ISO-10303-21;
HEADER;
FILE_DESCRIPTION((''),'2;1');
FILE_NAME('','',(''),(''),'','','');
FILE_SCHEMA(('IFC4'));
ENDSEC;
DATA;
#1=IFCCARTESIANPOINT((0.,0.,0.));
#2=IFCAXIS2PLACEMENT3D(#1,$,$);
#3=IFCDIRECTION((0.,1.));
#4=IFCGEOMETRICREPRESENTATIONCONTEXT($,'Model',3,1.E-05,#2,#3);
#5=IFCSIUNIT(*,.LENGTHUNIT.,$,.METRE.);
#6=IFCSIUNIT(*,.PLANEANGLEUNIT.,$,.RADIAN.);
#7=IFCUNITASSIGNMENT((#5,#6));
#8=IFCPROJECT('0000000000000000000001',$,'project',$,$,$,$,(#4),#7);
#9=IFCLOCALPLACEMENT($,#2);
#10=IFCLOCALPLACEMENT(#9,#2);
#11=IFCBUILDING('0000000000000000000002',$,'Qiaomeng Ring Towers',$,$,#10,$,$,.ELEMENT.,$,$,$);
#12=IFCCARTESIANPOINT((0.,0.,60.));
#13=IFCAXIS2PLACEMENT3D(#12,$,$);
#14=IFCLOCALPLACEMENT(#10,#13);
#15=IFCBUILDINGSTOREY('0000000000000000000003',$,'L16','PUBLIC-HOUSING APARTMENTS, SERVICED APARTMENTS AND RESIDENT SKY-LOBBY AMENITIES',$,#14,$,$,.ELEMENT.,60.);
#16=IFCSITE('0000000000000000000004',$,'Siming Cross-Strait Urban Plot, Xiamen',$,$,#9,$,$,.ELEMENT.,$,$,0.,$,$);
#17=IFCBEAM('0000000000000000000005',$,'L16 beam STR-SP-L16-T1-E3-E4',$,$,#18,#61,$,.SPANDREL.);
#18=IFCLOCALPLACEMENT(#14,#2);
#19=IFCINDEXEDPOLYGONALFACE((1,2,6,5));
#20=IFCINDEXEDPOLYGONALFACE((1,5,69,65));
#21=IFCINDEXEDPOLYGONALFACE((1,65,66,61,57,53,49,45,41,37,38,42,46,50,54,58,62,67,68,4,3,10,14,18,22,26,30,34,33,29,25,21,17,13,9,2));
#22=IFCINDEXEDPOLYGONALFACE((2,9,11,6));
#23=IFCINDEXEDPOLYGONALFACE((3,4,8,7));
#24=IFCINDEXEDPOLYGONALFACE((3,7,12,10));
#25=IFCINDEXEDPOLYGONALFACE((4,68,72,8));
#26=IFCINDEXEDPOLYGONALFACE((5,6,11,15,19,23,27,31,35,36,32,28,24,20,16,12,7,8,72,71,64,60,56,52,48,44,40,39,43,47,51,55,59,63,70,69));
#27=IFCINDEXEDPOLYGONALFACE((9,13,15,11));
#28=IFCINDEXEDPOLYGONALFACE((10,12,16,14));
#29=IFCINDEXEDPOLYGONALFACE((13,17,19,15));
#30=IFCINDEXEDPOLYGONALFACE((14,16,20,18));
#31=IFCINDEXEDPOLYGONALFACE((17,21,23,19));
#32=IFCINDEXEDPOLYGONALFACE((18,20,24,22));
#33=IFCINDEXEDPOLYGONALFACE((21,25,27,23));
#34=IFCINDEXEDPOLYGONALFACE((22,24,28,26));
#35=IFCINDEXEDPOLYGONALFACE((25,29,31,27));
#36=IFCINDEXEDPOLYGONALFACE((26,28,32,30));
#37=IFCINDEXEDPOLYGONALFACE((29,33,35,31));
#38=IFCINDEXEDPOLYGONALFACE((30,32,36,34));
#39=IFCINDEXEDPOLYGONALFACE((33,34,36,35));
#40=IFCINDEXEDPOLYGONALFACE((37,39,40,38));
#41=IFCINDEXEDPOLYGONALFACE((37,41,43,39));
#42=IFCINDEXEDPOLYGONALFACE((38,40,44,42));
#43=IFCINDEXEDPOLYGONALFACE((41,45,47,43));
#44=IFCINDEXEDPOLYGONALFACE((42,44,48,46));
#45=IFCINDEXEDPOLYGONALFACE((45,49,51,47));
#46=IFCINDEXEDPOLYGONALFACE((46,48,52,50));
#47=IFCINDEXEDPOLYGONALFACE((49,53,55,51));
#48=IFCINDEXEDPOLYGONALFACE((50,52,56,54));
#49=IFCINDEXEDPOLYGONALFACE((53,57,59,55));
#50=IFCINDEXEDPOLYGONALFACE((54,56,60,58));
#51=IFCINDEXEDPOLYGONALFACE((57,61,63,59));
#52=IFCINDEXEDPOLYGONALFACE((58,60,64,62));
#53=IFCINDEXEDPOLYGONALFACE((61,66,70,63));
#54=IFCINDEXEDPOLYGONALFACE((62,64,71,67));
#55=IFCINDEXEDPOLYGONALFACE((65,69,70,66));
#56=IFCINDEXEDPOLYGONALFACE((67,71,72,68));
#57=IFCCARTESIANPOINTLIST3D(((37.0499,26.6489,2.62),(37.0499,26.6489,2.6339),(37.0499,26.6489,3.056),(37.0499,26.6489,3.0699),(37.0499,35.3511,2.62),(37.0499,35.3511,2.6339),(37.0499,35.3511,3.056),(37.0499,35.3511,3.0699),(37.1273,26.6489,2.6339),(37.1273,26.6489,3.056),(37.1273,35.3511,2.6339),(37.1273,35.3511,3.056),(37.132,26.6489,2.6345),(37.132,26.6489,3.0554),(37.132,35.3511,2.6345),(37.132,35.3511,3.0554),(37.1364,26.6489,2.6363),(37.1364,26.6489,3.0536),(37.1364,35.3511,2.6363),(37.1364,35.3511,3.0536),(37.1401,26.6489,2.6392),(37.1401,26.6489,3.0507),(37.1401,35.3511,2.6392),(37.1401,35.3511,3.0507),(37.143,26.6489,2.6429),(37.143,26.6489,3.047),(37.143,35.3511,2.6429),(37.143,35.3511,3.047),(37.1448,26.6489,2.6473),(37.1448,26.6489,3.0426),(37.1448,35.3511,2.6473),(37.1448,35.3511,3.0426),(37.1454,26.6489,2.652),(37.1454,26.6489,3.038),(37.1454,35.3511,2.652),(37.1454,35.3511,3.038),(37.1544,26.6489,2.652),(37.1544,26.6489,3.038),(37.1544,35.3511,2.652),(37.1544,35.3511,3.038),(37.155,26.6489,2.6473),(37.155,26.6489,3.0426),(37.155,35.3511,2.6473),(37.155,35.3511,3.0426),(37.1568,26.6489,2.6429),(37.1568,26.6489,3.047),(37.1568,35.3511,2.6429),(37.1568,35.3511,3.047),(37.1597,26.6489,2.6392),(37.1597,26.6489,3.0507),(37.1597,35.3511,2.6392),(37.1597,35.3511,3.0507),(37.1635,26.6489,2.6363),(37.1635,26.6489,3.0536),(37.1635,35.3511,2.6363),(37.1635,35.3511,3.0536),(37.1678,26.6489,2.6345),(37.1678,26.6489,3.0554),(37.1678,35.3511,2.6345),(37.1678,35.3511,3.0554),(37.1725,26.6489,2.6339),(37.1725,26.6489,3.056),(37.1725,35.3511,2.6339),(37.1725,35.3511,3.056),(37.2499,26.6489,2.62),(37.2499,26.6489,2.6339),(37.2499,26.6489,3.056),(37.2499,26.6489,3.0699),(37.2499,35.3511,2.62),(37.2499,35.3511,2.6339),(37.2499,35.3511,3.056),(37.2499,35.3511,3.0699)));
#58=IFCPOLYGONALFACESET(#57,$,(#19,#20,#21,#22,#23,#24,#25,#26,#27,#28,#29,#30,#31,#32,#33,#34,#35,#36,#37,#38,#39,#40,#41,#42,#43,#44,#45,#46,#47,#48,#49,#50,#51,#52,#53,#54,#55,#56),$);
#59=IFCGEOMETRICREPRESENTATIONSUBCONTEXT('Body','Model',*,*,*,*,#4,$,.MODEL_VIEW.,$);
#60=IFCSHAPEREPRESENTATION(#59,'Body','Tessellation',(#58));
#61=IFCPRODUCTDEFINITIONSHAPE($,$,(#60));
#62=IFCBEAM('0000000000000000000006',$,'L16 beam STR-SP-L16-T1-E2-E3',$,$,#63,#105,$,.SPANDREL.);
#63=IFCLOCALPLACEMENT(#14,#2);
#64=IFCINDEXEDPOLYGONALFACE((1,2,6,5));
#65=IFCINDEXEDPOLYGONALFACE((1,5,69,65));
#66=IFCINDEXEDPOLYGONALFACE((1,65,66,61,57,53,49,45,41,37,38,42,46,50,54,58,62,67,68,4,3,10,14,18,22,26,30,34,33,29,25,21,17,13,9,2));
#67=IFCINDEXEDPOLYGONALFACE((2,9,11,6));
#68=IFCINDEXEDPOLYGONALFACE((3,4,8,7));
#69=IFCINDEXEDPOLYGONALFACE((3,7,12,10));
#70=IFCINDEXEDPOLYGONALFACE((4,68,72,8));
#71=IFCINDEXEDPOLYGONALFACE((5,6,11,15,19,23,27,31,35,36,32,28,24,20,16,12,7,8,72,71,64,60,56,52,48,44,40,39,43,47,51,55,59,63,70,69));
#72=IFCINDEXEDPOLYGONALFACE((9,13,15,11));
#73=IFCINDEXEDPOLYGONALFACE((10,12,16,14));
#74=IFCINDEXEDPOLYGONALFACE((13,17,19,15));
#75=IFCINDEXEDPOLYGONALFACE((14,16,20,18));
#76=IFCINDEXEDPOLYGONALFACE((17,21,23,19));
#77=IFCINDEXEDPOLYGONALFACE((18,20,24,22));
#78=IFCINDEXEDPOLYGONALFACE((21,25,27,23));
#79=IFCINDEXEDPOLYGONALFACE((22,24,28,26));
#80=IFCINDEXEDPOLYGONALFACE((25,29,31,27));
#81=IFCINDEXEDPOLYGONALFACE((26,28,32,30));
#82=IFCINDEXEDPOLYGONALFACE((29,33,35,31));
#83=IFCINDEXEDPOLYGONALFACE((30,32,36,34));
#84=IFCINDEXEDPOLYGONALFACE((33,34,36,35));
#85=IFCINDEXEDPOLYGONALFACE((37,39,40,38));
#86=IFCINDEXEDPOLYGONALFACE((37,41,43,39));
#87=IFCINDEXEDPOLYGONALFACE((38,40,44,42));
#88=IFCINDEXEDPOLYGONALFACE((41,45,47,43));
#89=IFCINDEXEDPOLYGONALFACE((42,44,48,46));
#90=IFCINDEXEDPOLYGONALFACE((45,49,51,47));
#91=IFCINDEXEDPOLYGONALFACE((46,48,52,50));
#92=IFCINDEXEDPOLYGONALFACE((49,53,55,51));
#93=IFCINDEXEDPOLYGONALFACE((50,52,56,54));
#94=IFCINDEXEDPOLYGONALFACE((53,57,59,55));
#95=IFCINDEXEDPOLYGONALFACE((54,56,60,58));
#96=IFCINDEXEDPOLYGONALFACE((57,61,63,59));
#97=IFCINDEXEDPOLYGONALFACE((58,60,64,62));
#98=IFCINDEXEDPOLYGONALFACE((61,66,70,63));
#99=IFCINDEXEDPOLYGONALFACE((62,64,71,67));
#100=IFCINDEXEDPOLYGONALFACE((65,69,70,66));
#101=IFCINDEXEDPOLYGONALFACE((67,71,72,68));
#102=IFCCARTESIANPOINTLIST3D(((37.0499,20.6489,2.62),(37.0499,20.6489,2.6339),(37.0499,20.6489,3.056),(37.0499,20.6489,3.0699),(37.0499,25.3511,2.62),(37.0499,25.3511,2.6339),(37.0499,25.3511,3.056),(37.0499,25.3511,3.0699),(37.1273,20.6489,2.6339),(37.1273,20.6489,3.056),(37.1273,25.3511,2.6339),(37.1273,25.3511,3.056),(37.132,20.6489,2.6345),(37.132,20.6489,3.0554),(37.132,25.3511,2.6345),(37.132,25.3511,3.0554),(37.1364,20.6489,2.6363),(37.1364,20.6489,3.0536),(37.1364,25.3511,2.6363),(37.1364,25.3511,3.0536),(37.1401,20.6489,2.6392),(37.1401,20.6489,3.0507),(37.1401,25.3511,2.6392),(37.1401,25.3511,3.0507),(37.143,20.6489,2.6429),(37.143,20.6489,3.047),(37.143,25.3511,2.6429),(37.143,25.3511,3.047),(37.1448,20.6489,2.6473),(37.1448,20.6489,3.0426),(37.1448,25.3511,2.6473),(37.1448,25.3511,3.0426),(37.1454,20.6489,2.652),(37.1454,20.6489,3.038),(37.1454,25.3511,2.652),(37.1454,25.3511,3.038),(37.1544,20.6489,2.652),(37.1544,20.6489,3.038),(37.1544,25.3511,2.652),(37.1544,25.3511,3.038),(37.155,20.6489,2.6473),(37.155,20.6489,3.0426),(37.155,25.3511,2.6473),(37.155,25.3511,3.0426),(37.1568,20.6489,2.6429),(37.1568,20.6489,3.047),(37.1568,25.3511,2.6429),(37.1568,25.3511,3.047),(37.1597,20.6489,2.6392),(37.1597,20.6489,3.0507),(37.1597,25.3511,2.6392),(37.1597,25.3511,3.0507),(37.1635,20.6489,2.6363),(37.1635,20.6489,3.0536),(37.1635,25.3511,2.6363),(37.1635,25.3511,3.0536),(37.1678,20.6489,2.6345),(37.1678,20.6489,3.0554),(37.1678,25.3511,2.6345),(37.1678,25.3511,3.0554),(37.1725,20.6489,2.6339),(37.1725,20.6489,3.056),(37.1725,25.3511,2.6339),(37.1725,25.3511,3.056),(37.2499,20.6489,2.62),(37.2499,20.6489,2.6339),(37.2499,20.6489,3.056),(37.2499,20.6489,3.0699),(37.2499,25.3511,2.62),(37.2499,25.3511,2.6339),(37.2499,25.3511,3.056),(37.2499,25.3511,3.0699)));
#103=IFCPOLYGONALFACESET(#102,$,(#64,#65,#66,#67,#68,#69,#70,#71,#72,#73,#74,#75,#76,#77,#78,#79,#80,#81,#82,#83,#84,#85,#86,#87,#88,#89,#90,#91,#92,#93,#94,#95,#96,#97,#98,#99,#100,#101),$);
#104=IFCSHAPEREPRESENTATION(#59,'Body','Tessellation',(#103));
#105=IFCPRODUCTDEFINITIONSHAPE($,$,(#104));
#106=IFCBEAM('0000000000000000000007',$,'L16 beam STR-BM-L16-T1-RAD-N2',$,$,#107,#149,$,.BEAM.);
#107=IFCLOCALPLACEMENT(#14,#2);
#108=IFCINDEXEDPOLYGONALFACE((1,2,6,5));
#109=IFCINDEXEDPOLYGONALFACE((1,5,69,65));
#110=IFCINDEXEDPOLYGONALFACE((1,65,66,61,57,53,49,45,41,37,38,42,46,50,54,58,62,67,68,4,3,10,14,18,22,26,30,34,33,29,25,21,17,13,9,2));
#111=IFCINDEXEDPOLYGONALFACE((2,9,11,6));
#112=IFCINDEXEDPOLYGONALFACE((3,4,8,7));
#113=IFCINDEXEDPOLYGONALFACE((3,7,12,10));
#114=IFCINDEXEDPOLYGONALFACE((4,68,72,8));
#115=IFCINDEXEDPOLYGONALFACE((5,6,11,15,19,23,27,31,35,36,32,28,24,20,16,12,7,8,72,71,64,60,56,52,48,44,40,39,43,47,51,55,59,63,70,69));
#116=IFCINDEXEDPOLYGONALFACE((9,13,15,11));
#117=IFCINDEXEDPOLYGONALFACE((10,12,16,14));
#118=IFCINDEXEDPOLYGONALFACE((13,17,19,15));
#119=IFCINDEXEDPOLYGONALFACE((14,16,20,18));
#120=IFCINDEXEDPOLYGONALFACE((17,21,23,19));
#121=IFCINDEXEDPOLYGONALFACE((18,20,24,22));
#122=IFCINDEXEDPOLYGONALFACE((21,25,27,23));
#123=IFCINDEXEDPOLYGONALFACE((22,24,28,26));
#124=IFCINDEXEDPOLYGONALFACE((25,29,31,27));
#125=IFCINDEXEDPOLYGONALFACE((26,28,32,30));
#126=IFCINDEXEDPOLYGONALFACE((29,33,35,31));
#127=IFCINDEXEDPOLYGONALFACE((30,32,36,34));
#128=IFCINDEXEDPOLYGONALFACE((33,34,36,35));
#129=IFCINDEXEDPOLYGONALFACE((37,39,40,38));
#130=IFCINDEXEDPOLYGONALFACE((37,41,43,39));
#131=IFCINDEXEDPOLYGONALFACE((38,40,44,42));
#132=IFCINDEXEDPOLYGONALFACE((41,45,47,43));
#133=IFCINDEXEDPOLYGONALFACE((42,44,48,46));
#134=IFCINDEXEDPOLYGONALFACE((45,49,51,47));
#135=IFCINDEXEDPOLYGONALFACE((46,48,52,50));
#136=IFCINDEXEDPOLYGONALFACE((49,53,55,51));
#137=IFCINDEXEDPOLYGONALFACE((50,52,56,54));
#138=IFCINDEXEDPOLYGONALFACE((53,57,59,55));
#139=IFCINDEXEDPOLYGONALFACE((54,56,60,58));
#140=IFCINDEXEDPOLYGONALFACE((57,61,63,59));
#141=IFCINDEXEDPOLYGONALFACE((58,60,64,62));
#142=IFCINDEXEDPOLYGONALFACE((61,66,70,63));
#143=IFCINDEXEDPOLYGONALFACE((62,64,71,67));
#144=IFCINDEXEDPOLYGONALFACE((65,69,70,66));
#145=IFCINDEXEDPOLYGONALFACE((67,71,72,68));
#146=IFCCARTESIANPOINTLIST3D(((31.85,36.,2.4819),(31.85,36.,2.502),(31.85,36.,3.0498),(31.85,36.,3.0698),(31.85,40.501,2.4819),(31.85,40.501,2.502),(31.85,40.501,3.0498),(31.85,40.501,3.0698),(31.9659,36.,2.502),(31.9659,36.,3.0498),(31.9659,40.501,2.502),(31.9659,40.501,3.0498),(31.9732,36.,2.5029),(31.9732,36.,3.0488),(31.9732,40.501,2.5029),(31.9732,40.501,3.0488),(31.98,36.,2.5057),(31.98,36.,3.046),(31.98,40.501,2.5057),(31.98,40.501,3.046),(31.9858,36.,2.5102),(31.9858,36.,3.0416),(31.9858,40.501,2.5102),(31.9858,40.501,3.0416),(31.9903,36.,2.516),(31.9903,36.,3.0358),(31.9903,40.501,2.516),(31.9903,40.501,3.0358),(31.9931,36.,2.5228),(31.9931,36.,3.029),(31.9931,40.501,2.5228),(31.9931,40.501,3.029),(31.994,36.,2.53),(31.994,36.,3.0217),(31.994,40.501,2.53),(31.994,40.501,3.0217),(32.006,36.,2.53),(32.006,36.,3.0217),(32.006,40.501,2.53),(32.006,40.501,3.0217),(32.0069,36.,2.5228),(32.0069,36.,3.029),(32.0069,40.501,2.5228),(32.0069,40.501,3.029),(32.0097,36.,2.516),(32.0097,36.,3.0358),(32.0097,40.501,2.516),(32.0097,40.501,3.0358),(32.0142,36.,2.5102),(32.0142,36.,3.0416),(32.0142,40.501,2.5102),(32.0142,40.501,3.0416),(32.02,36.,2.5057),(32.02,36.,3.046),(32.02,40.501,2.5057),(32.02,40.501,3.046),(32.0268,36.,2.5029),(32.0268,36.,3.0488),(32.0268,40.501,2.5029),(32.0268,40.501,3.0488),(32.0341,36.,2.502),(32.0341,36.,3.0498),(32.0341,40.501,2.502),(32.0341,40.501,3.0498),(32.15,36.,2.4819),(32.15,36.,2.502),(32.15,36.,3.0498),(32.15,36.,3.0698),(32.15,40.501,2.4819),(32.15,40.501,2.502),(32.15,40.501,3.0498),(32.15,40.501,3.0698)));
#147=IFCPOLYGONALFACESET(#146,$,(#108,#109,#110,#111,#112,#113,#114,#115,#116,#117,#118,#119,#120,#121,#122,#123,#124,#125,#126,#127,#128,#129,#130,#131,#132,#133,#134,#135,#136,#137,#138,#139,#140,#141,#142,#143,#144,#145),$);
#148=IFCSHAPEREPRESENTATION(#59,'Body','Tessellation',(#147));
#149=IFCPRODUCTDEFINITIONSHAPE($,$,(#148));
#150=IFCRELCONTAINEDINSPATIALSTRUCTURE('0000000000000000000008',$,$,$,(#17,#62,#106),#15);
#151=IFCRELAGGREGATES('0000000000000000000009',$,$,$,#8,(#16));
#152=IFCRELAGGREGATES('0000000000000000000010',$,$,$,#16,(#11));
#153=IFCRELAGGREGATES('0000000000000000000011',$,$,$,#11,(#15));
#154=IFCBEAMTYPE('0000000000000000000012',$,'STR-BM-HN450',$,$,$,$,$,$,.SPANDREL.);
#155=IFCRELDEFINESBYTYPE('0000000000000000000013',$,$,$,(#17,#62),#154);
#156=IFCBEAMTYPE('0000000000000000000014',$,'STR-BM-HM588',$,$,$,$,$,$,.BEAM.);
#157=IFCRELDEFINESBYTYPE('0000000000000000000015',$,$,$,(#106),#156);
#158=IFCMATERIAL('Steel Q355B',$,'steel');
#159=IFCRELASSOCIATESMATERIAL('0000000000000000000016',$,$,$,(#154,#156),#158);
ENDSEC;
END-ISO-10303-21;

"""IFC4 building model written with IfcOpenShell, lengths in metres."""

from ifc_helpers import new_model, si_unit, direction, frame, origin, origin_2d, place, context, subcontext, project, spatial, i_section, extrude, source, transform, mapped, material, material_profile, profile_set, type_object, element, save


model = new_model("IFC4")

# Units and contexts
model_context = context("Model", 3, precision=1e-05, world=origin(), true_north=direction((0.0, 1.0)))
body_context = subcontext(model_context, "Body", "Model", "MODEL_VIEW")
ifc_project = project(units=[si_unit("LENGTHUNIT", "METRE"), si_unit("PLANEANGLEUNIT", "RADIAN")], contexts=[model_context])

# Site, building, storey
site_placement = place(None, origin())
site = spatial("IfcSite", under=ifc_project, at=site_placement, Name="Siming Cross-Strait Urban Plot, Xiamen", CompositionType="ELEMENT", RefElevation=0.0)
building_placement = place(site_placement, origin())
building = spatial("IfcBuilding", under=site, at=building_placement, Name="Qiaomeng Ring Towers", CompositionType="ELEMENT")
storey_placement = place(building_placement, frame((0.0, 0.0, 60.0)))
storey = spatial("IfcBuildingStorey", under=building, at=storey_placement, Name="L16", Description="PUBLIC-HOUSING APARTMENTS, SERVICED APARTMENTS AND RESIDENT SKY-LOBBY AMENITIES", CompositionType="ELEMENT", Elevation=60.0)

# Beams
ifc_material_1 = material(Name="Steel Q355B", Category="steel")
ifc_material_profile_1 = material_profile(ifc_material_1, i_section(OverallWidth=0.2, OverallDepth=0.45, WebThickness=0.009, FlangeThickness=0.0139, FilletRadius=0.0181, at=origin_2d()), Name="HN 450x200x9x14")
ifc_profile_set_1 = profile_set([ifc_material_profile_1], Name="Steel Q355B")
beam_type_1 = type_object("IfcBeamType", Name="STR-BM-HN450", PredefinedType="SPANDREL", material=ifc_profile_set_1)
shared_shape_1 = source(origin(), body_context, "Body", "SweptSolid", [
    extrude(i_section(OverallWidth=0.2, OverallDepth=0.45, WebThickness=0.009, FlangeThickness=0.0139, FilletRadius=0.0181, at=origin_2d()), origin(), (0.0, 0.0, 1.0), 8.7021),
])
beam_1_placement = place(storey_placement, frame((37.1499, 26.6489, 2.845), z_axis=(0.0, 1.0, 0.0), x_axis=(-1.0, 0.0, 0.0)))
element("IfcBeam", 1, at=beam_1_placement, inside=storey, type_object=beam_type_1, Name="L16 beam STR-SP-L16-T1-E3-E4", PredefinedType="SPANDREL", context=body_context, shape_type="MappedRepresentation", body=[
    mapped(shared_shape_1, transform((0.0, 0.0, 0.0), x_axis=(1.0, 0.0, 0.0), y_axis=(0.0, 1.0, 0.0), z_axis=(0.0, 0.0, 1.0), scale=1.0)),
])
shared_shape_2 = source(origin(), body_context, "Body", "SweptSolid", [
    extrude(i_section(OverallWidth=0.2, OverallDepth=0.45, WebThickness=0.009, FlangeThickness=0.0139, FilletRadius=0.0181, at=origin_2d()), origin(), (0.0, 0.0, 1.0), 4.7021),
])
beam_2_placement = place(storey_placement, frame((37.1499, 20.6489, 2.845), z_axis=(0.0, 1.0, 0.0), x_axis=(-1.0, 0.0, 0.0)))
element("IfcBeam", 2, at=beam_2_placement, inside=storey, type_object=beam_type_1, Name="L16 beam STR-SP-L16-T1-E2-E3", PredefinedType="SPANDREL", context=body_context, shape_type="MappedRepresentation", body=[
    mapped(shared_shape_2, transform((0.0, 0.0, 0.0), x_axis=(1.0, 0.0, 0.0), y_axis=(0.0, 1.0, 0.0), z_axis=(0.0, 0.0, 1.0), scale=1.0)),
])
ifc_material_profile_2 = material_profile(ifc_material_1, i_section(OverallWidth=0.3, OverallDepth=0.5879, WebThickness=0.012, FlangeThickness=0.02, FilletRadius=0.0281, at=origin_2d()), Name="HM 588x300x12x20")
ifc_profile_set_2 = profile_set([ifc_material_profile_2], Name="Steel Q355B")
beam_type_2 = type_object("IfcBeamType", Name="STR-BM-HM588", PredefinedType="BEAM", material=ifc_profile_set_2)
shared_shape_3 = source(origin(), body_context, "Body", "SweptSolid", [
    extrude(i_section(OverallWidth=0.3, OverallDepth=0.5879, WebThickness=0.012, FlangeThickness=0.02, FilletRadius=0.0281, at=origin_2d()), origin(), (0.0, 0.0, 1.0), 4.501),
])
beam_3_placement = place(storey_placement, frame((32.0, 40.501, 2.7759), z_axis=(0.0, -1.0, 0.0), x_axis=(1.0, 0.0, 0.0)))
element("IfcBeam", 3, at=beam_3_placement, inside=storey, type_object=beam_type_2, Name="L16 beam STR-BM-L16-T1-RAD-N2", PredefinedType="BEAM", context=body_context, shape_type="MappedRepresentation", body=[
    mapped(shared_shape_3, transform((0.0, 0.0, 0.0), x_axis=(1.0, 0.0, 0.0), y_axis=(0.0, 1.0, 0.0), z_axis=(0.0, 0.0, 1.0), scale=1.0)),
])

save(model, "model.ifc")
